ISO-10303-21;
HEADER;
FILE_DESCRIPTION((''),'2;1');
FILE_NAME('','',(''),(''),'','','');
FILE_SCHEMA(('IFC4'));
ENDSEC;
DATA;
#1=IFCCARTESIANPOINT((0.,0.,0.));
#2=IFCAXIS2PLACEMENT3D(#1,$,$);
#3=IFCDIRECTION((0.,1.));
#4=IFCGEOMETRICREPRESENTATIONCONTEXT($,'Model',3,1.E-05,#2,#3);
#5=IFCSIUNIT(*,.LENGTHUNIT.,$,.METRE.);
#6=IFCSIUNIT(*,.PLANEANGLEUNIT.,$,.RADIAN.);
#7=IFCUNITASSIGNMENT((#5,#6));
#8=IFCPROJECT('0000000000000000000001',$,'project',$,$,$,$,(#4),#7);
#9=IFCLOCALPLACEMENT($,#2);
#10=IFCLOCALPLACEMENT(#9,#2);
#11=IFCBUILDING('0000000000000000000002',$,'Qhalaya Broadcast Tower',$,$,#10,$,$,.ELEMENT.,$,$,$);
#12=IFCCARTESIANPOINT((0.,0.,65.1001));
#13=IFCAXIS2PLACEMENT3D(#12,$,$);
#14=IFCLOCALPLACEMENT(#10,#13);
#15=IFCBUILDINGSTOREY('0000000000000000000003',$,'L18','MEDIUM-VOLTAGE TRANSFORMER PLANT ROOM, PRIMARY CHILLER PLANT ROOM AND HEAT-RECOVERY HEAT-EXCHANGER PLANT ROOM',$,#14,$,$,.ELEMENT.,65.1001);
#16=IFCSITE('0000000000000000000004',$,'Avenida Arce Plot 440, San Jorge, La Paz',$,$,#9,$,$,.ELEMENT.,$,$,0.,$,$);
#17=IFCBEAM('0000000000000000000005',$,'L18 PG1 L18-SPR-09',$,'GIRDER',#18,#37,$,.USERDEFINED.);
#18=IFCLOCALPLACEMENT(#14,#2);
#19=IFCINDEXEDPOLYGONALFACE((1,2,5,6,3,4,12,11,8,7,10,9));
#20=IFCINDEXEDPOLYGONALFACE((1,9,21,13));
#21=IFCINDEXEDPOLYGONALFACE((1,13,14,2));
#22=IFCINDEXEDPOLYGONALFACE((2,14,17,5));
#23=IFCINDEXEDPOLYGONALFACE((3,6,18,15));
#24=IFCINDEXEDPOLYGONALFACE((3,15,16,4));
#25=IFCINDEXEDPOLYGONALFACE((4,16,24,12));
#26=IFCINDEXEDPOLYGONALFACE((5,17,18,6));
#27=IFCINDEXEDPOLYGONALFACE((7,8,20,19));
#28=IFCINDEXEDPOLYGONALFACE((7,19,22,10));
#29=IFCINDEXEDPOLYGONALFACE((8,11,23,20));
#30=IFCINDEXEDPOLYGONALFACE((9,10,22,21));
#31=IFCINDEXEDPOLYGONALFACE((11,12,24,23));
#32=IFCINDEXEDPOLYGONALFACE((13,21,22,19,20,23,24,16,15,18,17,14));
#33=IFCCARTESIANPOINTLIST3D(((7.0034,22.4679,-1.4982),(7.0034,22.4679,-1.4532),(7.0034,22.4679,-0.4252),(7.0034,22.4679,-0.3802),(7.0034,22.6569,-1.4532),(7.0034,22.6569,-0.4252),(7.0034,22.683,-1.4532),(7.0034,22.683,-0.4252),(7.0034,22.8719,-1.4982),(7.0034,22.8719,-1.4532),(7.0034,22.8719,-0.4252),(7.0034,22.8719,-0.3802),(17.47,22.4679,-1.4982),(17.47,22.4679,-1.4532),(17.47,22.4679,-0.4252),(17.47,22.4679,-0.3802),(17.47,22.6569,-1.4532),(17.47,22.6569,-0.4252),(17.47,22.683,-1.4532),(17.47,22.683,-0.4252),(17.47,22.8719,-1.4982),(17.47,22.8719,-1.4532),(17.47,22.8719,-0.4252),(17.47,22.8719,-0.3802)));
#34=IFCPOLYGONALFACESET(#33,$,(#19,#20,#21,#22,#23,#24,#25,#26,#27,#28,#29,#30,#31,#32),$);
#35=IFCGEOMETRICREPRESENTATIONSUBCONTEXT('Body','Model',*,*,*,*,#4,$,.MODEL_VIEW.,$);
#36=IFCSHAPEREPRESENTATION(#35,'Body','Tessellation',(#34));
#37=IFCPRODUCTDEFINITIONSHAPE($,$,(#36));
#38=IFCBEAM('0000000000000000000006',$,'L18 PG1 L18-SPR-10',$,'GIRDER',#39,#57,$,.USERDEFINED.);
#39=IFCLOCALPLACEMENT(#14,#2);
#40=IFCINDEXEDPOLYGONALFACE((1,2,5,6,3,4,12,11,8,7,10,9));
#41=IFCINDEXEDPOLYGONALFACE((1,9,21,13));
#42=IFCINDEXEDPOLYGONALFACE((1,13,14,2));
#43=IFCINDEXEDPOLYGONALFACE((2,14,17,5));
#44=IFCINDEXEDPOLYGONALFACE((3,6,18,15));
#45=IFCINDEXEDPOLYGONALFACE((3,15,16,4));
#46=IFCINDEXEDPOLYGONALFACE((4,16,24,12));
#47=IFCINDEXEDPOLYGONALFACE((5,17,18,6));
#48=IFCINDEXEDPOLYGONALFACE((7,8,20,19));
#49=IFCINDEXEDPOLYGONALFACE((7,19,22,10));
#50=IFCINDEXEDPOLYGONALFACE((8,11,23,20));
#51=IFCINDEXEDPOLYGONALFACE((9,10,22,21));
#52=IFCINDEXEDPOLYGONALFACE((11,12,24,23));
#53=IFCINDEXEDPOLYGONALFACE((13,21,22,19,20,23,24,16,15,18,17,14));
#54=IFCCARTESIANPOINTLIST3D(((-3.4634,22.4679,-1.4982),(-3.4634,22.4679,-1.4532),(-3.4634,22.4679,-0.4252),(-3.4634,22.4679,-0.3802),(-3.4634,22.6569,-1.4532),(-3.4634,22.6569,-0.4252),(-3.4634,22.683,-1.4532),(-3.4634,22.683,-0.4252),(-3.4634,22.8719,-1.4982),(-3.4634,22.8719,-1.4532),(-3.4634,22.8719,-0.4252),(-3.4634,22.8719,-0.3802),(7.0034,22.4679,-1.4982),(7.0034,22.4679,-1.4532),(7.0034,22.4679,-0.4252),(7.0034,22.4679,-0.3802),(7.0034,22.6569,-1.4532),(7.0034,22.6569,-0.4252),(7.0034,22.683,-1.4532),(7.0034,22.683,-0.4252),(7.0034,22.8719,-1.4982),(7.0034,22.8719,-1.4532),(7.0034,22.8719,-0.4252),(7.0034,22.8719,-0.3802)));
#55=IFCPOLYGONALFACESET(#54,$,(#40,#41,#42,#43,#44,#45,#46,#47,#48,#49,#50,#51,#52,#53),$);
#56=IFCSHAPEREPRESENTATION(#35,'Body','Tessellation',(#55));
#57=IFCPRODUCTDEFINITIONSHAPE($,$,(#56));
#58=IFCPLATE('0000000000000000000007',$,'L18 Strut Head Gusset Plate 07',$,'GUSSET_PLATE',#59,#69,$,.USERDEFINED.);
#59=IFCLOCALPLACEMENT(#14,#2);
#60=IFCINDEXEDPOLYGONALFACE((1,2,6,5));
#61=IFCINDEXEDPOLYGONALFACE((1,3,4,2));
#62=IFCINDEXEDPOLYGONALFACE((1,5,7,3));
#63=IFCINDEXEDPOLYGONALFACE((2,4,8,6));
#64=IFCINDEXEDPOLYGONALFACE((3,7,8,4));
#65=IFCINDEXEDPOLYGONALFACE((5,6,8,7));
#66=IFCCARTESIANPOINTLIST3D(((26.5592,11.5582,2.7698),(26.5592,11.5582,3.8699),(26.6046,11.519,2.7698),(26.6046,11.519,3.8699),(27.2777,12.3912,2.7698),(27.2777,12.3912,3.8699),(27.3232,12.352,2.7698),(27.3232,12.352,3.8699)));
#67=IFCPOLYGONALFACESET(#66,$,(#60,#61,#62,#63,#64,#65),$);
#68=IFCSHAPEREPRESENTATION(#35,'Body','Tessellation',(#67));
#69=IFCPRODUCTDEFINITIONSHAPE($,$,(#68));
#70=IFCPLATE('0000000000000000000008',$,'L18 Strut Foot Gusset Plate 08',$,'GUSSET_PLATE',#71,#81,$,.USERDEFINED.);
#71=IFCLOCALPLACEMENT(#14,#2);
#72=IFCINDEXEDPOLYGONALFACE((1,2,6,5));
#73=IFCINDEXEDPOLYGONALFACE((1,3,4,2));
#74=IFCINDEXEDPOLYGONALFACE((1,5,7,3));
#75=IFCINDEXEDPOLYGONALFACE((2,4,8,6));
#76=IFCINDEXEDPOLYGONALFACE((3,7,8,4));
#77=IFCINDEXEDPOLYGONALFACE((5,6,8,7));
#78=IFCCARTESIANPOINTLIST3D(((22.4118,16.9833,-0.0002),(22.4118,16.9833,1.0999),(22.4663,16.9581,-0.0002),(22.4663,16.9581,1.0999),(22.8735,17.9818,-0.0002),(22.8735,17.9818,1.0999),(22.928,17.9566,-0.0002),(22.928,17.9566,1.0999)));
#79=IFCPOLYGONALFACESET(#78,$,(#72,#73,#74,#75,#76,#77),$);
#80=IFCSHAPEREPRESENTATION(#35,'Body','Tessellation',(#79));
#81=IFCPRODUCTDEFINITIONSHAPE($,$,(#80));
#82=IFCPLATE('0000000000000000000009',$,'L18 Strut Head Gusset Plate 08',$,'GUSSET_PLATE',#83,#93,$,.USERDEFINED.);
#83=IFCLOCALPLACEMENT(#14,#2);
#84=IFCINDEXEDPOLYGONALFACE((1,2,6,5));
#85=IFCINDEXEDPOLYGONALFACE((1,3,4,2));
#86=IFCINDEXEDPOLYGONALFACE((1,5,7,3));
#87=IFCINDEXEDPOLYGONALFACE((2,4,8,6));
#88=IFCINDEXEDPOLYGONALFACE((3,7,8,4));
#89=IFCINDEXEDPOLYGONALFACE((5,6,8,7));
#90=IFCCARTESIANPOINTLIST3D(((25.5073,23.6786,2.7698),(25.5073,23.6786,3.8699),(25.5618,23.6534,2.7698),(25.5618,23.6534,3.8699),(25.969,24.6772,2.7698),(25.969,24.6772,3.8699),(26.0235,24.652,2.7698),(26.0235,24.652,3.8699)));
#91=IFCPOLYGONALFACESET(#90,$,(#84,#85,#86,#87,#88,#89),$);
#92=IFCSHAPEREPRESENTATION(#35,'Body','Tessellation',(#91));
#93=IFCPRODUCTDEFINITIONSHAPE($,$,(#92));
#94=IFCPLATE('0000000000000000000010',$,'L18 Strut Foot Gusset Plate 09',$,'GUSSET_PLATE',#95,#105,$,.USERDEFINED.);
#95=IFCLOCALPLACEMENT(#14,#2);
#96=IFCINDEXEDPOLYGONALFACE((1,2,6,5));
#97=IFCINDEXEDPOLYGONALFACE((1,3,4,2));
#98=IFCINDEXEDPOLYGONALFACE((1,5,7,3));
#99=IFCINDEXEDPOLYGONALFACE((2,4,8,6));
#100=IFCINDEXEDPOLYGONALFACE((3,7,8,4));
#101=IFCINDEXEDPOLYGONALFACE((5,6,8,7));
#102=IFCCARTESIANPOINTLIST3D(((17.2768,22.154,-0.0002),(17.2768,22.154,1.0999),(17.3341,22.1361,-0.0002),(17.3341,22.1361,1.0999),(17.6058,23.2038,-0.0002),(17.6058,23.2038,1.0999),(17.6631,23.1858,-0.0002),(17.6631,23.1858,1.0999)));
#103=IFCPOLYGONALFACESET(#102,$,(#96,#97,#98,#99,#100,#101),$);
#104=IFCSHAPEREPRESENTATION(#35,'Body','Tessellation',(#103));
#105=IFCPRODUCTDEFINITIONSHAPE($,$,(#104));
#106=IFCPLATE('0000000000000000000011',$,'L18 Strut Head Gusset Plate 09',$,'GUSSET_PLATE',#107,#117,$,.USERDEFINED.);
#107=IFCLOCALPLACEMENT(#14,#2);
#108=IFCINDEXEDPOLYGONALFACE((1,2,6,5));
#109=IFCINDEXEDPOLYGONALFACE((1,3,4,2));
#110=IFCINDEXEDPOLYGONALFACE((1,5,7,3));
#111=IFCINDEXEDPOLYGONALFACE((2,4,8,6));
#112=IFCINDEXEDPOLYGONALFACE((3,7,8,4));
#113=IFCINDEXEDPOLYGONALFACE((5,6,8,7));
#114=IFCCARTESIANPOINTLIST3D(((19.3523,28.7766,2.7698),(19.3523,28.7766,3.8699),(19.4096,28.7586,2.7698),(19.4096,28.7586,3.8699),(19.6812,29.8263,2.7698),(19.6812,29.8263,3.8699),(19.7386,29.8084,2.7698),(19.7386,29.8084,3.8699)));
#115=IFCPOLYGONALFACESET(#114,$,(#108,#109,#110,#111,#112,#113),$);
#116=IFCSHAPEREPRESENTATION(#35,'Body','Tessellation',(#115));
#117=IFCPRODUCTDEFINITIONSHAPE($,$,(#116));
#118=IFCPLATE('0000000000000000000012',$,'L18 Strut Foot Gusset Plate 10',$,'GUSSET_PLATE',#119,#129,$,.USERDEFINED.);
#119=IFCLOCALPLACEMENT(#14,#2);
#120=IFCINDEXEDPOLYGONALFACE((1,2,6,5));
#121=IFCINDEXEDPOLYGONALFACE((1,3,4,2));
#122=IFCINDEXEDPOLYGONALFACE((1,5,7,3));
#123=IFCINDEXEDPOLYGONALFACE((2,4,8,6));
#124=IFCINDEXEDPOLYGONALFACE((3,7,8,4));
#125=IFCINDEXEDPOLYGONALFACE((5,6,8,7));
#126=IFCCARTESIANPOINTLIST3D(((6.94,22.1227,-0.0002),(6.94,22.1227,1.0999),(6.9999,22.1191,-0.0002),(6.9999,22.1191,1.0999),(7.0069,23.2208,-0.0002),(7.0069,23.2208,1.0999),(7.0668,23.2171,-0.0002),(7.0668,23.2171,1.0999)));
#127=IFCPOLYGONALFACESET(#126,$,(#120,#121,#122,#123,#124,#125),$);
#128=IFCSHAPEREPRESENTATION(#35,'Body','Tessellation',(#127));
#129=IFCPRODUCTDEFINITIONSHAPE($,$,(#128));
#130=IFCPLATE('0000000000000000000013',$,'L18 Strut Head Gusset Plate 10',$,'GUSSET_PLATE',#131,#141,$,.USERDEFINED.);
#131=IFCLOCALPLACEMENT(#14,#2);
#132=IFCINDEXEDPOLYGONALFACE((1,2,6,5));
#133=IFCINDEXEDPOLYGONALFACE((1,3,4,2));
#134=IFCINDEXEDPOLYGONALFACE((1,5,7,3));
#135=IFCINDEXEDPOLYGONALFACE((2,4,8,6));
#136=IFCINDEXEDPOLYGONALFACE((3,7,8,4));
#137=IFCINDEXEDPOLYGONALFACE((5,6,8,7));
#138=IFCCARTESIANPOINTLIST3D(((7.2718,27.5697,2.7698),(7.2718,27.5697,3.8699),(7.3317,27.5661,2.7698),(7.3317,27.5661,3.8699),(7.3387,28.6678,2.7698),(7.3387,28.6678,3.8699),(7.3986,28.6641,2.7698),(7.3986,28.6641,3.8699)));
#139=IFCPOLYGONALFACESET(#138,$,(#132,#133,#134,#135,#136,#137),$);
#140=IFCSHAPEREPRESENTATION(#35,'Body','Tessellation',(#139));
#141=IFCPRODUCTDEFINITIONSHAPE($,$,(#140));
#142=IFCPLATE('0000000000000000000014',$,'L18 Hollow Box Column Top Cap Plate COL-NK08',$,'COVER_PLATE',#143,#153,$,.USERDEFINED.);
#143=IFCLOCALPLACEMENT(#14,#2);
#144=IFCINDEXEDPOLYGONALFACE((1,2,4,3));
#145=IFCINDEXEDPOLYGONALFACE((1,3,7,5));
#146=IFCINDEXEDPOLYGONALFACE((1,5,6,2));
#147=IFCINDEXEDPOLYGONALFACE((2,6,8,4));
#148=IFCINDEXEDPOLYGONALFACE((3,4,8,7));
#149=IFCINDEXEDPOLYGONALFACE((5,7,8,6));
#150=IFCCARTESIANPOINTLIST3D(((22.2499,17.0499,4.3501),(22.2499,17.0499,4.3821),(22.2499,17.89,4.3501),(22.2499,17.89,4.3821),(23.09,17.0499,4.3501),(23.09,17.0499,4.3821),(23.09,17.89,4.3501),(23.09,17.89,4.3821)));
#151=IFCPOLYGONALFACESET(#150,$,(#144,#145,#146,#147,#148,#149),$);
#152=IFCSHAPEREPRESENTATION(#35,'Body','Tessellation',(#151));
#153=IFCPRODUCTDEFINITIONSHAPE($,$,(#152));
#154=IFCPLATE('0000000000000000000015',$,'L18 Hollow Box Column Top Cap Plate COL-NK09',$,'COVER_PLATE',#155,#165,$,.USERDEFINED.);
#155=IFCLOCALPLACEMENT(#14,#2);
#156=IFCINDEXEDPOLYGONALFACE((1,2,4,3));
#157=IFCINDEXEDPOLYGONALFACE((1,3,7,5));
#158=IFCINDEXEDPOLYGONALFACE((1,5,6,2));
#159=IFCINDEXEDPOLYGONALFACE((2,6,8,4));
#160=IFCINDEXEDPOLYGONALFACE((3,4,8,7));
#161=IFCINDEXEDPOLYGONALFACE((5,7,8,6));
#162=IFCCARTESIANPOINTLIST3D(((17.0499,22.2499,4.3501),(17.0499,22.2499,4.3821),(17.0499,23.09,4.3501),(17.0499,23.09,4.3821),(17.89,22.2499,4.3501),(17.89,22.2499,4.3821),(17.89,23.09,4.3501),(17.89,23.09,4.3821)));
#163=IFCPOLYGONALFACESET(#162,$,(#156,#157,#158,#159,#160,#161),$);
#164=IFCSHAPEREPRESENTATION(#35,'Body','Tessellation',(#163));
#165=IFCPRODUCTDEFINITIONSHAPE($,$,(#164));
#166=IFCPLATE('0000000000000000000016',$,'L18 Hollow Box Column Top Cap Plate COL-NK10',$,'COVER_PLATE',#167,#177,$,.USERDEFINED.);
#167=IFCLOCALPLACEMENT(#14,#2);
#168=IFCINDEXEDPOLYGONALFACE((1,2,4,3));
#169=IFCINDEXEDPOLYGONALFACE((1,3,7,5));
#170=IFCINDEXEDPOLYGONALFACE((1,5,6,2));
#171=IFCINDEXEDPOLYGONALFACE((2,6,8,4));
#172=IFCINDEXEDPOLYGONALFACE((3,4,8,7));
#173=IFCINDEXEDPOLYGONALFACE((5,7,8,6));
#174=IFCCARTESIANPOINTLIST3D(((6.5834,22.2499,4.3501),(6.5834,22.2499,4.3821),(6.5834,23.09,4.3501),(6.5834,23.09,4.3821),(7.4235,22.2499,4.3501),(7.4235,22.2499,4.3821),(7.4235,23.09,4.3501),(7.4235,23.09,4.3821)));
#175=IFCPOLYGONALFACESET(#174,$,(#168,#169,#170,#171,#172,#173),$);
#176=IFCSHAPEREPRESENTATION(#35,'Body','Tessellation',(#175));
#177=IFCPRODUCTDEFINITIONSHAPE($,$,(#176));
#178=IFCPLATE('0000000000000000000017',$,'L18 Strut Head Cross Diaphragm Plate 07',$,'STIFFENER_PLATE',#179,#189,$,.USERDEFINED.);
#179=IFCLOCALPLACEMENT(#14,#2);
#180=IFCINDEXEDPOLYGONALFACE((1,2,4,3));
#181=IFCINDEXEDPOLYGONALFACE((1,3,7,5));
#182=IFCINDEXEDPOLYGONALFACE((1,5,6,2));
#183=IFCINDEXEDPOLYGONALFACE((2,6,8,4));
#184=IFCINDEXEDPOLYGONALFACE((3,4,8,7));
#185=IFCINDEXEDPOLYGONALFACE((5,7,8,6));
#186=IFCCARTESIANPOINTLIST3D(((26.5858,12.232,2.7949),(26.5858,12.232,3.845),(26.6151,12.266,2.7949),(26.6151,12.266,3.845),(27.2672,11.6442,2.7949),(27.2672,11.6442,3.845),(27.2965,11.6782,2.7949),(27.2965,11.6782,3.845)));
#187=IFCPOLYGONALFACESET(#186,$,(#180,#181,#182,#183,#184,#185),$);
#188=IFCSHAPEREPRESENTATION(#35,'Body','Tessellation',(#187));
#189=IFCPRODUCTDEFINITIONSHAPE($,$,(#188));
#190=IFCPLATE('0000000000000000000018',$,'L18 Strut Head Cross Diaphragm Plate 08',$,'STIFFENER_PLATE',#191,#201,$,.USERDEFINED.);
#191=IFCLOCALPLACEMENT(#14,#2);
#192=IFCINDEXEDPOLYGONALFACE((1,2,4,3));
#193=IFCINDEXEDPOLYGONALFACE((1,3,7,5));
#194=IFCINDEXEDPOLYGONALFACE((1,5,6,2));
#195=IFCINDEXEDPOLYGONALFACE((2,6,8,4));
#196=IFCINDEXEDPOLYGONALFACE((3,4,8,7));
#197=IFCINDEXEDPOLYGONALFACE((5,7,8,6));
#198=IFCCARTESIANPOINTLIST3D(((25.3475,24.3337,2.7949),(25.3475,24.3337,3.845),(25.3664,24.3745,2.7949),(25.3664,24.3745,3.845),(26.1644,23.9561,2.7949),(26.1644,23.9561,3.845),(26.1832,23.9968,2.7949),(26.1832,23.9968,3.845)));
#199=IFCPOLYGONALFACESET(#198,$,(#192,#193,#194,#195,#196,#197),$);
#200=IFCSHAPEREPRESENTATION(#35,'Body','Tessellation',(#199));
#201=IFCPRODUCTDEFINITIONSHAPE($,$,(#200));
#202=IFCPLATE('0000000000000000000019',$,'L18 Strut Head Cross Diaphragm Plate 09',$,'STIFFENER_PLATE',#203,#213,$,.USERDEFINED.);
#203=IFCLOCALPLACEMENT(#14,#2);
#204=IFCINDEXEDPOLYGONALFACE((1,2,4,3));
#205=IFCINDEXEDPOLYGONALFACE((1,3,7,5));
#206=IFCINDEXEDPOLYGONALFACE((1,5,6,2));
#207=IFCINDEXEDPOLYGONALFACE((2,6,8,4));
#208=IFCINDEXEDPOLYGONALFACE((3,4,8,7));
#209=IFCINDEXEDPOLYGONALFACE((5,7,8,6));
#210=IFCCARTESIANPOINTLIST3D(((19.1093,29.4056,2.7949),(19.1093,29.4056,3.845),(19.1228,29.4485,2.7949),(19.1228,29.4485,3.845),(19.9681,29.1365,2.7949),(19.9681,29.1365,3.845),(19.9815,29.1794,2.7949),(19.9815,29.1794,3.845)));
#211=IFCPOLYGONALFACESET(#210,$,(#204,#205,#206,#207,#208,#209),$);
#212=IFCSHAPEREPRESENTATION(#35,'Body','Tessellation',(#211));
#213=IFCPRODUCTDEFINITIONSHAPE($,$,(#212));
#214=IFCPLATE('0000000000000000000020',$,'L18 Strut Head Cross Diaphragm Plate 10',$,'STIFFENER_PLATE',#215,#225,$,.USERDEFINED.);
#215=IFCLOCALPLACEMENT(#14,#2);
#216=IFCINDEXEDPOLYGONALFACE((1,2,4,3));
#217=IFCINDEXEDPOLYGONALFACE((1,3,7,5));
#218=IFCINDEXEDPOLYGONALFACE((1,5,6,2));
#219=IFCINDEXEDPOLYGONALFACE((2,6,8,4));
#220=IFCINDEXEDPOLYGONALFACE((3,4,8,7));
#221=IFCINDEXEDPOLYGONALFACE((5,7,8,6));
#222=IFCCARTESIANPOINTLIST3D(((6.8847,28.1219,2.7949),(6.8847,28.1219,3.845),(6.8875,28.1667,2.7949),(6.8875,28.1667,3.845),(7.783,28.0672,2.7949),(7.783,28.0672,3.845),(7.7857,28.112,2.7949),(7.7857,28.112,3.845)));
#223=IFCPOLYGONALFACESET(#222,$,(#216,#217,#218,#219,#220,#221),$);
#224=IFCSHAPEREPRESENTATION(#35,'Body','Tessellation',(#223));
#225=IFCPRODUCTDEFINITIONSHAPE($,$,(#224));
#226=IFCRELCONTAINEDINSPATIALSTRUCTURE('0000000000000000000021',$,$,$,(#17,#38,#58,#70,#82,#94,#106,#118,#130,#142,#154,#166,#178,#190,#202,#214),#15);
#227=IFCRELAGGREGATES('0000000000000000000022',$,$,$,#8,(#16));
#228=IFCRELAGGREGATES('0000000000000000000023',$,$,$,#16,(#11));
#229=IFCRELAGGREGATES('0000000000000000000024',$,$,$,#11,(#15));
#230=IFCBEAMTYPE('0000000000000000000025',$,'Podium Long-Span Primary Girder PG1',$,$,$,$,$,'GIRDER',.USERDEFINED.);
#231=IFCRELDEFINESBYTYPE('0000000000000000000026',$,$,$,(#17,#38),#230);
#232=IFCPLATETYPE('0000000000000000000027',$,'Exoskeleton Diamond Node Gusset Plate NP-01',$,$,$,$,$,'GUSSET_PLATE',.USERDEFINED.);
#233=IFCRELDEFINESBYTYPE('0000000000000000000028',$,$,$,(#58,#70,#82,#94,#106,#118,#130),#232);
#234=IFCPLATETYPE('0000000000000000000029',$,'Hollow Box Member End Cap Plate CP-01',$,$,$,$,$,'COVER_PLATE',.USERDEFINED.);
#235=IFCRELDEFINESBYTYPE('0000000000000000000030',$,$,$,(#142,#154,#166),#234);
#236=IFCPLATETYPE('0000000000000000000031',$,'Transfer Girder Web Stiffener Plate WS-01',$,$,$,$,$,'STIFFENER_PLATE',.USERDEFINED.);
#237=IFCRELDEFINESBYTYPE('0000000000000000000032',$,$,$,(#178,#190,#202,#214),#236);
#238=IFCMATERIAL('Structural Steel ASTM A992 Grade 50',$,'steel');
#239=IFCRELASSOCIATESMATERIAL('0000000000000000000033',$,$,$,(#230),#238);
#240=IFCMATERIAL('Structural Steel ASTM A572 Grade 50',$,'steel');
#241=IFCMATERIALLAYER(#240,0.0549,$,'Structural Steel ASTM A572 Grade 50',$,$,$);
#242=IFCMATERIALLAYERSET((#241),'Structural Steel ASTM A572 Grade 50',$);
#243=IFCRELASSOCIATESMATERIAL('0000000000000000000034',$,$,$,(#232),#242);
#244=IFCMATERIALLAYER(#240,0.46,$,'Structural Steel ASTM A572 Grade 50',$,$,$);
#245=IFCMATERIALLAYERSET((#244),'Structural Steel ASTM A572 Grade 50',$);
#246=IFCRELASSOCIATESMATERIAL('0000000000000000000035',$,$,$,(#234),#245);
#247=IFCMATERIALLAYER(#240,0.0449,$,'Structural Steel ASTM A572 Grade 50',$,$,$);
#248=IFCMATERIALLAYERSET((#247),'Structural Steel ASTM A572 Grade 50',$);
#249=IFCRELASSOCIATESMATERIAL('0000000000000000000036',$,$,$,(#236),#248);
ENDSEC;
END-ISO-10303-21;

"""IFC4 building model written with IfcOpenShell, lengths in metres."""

from ifc_helpers import new_model, si_unit, direction, frame, origin, origin_2d, place, context, subcontext, project, spatial, rectangle, i_section, extrude, material, layer, layer_set, material_profile, profile_set, type_object, element, save


model = new_model("IFC4")

# Units and contexts
model_context = context("Model", 3, precision=1e-05, world=origin(), true_north=direction((0.0, 1.0)))
body_context = subcontext(model_context, "Body", "Model", "MODEL_VIEW")
ifc_project = project(units=[si_unit("LENGTHUNIT", "METRE"), si_unit("PLANEANGLEUNIT", "RADIAN")], contexts=[model_context])

# Site, building, storey
site_placement = place(None, origin())
site = spatial("IfcSite", under=ifc_project, at=site_placement, Name="Avenida Arce Plot 440, San Jorge, La Paz", CompositionType="ELEMENT", RefElevation=0.0)
building_placement = place(site_placement, origin())
building = spatial("IfcBuilding", under=site, at=building_placement, Name="Qhalaya Broadcast Tower", CompositionType="ELEMENT")
storey_placement = place(building_placement, frame((0.0, 0.0, 65.1001)))
storey = spatial("IfcBuildingStorey", under=building, at=storey_placement, Name="L18", Description="MEDIUM-VOLTAGE TRANSFORMER PLANT ROOM, PRIMARY CHILLER PLANT ROOM AND HEAT-RECOVERY HEAT-EXCHANGER PLANT ROOM", CompositionType="ELEMENT", Elevation=65.1001)

# Shared definitions
ifc_material_1 = material(Name="Structural Steel ASTM A992 Grade 50", Category="steel")
ifc_material_2 = material(Name="Structural Steel ASTM A572 Grade 50", Category="steel")

# Beams
ifc_material_profile_1 = material_profile(ifc_material_1, i_section(OverallWidth=0.4041, OverallDepth=1.1179, WebThickness=0.0261, FlangeThickness=0.0449, at=origin_2d()), Name="W44X335")
ifc_profile_set_1 = profile_set([ifc_material_profile_1], Name="Structural Steel ASTM A992 Grade 50")
beam_type_1 = type_object("IfcBeamType", Name="Podium Long-Span Primary Girder PG1", ElementType="GIRDER", PredefinedType="USERDEFINED", material=ifc_profile_set_1)
beam_1_placement = place(storey_placement, frame((17.47, 22.6699, -0.9392), z_axis=(-1.0, 0.0, 0.0), x_axis=(0.0, -1.0, 0.0)))
element("IfcBeam", 1, at=beam_1_placement, inside=storey, type_object=beam_type_1, Name="L18 PG1 L18-SPR-09", ObjectType="GIRDER", PredefinedType="USERDEFINED", context=body_context, shape_type="SweptSolid", body=[
    extrude(i_section(OverallWidth=0.4041, OverallDepth=1.1179, WebThickness=0.0261, FlangeThickness=0.0449, at=origin_2d()), origin(), (0.0, 0.0, 1.0), 10.4666),
])
beam_2_placement = place(storey_placement, frame((7.0034, 22.6699, -0.9392), z_axis=(-1.0, 0.0, 0.0), x_axis=(0.0, -1.0, 0.0)))
element("IfcBeam", 2, at=beam_2_placement, inside=storey, type_object=beam_type_1, Name="L18 PG1 L18-SPR-10", ObjectType="GIRDER", PredefinedType="USERDEFINED", context=body_context, shape_type="SweptSolid", body=[
    extrude(i_section(OverallWidth=0.4041, OverallDepth=1.1179, WebThickness=0.0261, FlangeThickness=0.0449, at=origin_2d()), origin(), (0.0, 0.0, 1.0), 10.4668),
])

# Plates
ifc_layer_1 = layer(ifc_material_2, 0.0549, Name="Structural Steel ASTM A572 Grade 50")
ifc_layer_set_1 = layer_set([ifc_layer_1], Name="Structural Steel ASTM A572 Grade 50")
plate_type_1 = type_object("IfcPlateType", Name="Exoskeleton Diamond Node Gusset Plate NP-01", ElementType="GUSSET_PLATE", PredefinedType="USERDEFINED", material=ifc_layer_set_1)
for number, where, z_axis, x_axis, name in (
    (3, (26.9412, 11.9551, 2.7698), (0.0, 0.0, 1.0), (0.653156, 0.757223, 0.0), "L18 Strut Head Gusset Plate 07"),
    (4, (22.6699, 17.47, -0.0002), (0.0, 0.0, 1.0), (0.419658, 0.907682, 0.0), "L18 Strut Foot Gusset Plate 08"),
    (5, (25.7654, 24.1653, 2.7698), (0.0, 0.0, 1.0), (0.419658, 0.907682, 0.0), "L18 Strut Head Gusset Plate 08"),
    (6, (17.47, 22.6699, -0.0002), (0.0, 0.0, 1.0), (0.299041, 0.95424, 0.0), "L18 Strut Foot Gusset Plate 09"),
    (7, (19.5454, 29.2925, 2.7698), (0.0, 0.0, 1.0), (0.299041, 0.95424, 0.0), "L18 Strut Head Gusset Plate 09"),
    (8, (7.0034, 22.6699, -0.0002), (0.0, 0.0, 1.0), (0.060822, 0.998149, 0.0), "L18 Strut Foot Gusset Plate 10"),
    (9, (7.3352, 28.1169, 2.7698), (0.0, 0.0, 1.0), (0.060822, 0.998149, 0.0), "L18 Strut Head Gusset Plate 10"),
):
    element("IfcPlate", number, at=place(storey_placement, frame(where, z_axis=z_axis, x_axis=x_axis)), inside=storey, type_object=plate_type_1, Name=name, ObjectType="GUSSET_PLATE", PredefinedType="USERDEFINED", context=body_context, shape_type="SweptSolid", body=[
        extrude(rectangle(XDim=1.1001, YDim=0.0601, at=origin_2d()), origin(), (0.0, 0.0, 1.0), 1.1001),
    ])
ifc_layer_2 = layer(ifc_material_2, 0.46, Name="Structural Steel ASTM A572 Grade 50")
ifc_layer_set_2 = layer_set([ifc_layer_2], Name="Structural Steel ASTM A572 Grade 50")
plate_type_2 = type_object("IfcPlateType", Name="Hollow Box Member End Cap Plate CP-01", ElementType="COVER_PLATE", PredefinedType="USERDEFINED", material=ifc_layer_set_2)
for number, where, z_axis, x_axis, name in (
    (10, (22.6699, 17.47, 4.3501), (0.0, 0.0, 1.0), (0.0, 1.0, 0.0), "L18 Hollow Box Column Top Cap Plate COL-NK08"),
    (11, (17.47, 22.6699, 4.3501), (0.0, 0.0, 1.0), (1.0, 0.0, 0.0), "L18 Hollow Box Column Top Cap Plate COL-NK09"),
    (12, (7.0034, 22.6699, 4.3501), (0.0, 0.0, 1.0), (1.0, 0.0, 0.0), "L18 Hollow Box Column Top Cap Plate COL-NK10"),
):
    element("IfcPlate", number, at=place(storey_placement, frame(where, z_axis=z_axis, x_axis=x_axis)), inside=storey, type_object=plate_type_2, Name=name, ObjectType="COVER_PLATE", PredefinedType="USERDEFINED", context=body_context, shape_type="SweptSolid", body=[
        extrude(rectangle(XDim=0.8401, YDim=0.8401, at=origin_2d()), origin(), (0.0, 0.0, 1.0), 0.032),
    ])
ifc_layer_3 = layer(ifc_material_2, 0.0449, Name="Structural Steel ASTM A572 Grade 50")
ifc_layer_set_3 = layer_set([ifc_layer_3], Name="Structural Steel ASTM A572 Grade 50")
plate_type_3 = type_object("IfcPlateType", Name="Transfer Girder Web Stiffener Plate WS-01", ElementType="STIFFENER_PLATE", PredefinedType="USERDEFINED", material=ifc_layer_set_3)
for number, where, z_axis, x_axis, name in (
    (13, (26.9412, 11.9551, 2.7949), (0.0, 0.0, 1.0), (-0.757223, 0.653156, 0.0), "L18 Strut Head Cross Diaphragm Plate 07"),
    (14, (25.7654, 24.1653, 2.7949), (0.0, 0.0, 1.0), (-0.907682, 0.419658, 0.0), "L18 Strut Head Cross Diaphragm Plate 08"),
    (15, (19.5454, 29.2925, 2.7949), (0.0, 0.0, 1.0), (-0.95424, 0.299041, 0.0), "L18 Strut Head Cross Diaphragm Plate 09"),
    (16, (7.3352, 28.1169, 2.7949), (0.0, 0.0, 1.0), (-0.998149, 0.060822, 0.0), "L18 Strut Head Cross Diaphragm Plate 10"),
):
    element("IfcPlate", number, at=place(storey_placement, frame(where, z_axis=z_axis, x_axis=x_axis)), inside=storey, type_object=plate_type_3, Name=name, ObjectType="STIFFENER_PLATE", PredefinedType="USERDEFINED", context=body_context, shape_type="SweptSolid", body=[
        extrude(rectangle(XDim=0.8999, YDim=0.0449, at=origin_2d()), origin(), (0.0, 0.0, 1.0), 1.05),
    ])

save(model, "model.ifc")
